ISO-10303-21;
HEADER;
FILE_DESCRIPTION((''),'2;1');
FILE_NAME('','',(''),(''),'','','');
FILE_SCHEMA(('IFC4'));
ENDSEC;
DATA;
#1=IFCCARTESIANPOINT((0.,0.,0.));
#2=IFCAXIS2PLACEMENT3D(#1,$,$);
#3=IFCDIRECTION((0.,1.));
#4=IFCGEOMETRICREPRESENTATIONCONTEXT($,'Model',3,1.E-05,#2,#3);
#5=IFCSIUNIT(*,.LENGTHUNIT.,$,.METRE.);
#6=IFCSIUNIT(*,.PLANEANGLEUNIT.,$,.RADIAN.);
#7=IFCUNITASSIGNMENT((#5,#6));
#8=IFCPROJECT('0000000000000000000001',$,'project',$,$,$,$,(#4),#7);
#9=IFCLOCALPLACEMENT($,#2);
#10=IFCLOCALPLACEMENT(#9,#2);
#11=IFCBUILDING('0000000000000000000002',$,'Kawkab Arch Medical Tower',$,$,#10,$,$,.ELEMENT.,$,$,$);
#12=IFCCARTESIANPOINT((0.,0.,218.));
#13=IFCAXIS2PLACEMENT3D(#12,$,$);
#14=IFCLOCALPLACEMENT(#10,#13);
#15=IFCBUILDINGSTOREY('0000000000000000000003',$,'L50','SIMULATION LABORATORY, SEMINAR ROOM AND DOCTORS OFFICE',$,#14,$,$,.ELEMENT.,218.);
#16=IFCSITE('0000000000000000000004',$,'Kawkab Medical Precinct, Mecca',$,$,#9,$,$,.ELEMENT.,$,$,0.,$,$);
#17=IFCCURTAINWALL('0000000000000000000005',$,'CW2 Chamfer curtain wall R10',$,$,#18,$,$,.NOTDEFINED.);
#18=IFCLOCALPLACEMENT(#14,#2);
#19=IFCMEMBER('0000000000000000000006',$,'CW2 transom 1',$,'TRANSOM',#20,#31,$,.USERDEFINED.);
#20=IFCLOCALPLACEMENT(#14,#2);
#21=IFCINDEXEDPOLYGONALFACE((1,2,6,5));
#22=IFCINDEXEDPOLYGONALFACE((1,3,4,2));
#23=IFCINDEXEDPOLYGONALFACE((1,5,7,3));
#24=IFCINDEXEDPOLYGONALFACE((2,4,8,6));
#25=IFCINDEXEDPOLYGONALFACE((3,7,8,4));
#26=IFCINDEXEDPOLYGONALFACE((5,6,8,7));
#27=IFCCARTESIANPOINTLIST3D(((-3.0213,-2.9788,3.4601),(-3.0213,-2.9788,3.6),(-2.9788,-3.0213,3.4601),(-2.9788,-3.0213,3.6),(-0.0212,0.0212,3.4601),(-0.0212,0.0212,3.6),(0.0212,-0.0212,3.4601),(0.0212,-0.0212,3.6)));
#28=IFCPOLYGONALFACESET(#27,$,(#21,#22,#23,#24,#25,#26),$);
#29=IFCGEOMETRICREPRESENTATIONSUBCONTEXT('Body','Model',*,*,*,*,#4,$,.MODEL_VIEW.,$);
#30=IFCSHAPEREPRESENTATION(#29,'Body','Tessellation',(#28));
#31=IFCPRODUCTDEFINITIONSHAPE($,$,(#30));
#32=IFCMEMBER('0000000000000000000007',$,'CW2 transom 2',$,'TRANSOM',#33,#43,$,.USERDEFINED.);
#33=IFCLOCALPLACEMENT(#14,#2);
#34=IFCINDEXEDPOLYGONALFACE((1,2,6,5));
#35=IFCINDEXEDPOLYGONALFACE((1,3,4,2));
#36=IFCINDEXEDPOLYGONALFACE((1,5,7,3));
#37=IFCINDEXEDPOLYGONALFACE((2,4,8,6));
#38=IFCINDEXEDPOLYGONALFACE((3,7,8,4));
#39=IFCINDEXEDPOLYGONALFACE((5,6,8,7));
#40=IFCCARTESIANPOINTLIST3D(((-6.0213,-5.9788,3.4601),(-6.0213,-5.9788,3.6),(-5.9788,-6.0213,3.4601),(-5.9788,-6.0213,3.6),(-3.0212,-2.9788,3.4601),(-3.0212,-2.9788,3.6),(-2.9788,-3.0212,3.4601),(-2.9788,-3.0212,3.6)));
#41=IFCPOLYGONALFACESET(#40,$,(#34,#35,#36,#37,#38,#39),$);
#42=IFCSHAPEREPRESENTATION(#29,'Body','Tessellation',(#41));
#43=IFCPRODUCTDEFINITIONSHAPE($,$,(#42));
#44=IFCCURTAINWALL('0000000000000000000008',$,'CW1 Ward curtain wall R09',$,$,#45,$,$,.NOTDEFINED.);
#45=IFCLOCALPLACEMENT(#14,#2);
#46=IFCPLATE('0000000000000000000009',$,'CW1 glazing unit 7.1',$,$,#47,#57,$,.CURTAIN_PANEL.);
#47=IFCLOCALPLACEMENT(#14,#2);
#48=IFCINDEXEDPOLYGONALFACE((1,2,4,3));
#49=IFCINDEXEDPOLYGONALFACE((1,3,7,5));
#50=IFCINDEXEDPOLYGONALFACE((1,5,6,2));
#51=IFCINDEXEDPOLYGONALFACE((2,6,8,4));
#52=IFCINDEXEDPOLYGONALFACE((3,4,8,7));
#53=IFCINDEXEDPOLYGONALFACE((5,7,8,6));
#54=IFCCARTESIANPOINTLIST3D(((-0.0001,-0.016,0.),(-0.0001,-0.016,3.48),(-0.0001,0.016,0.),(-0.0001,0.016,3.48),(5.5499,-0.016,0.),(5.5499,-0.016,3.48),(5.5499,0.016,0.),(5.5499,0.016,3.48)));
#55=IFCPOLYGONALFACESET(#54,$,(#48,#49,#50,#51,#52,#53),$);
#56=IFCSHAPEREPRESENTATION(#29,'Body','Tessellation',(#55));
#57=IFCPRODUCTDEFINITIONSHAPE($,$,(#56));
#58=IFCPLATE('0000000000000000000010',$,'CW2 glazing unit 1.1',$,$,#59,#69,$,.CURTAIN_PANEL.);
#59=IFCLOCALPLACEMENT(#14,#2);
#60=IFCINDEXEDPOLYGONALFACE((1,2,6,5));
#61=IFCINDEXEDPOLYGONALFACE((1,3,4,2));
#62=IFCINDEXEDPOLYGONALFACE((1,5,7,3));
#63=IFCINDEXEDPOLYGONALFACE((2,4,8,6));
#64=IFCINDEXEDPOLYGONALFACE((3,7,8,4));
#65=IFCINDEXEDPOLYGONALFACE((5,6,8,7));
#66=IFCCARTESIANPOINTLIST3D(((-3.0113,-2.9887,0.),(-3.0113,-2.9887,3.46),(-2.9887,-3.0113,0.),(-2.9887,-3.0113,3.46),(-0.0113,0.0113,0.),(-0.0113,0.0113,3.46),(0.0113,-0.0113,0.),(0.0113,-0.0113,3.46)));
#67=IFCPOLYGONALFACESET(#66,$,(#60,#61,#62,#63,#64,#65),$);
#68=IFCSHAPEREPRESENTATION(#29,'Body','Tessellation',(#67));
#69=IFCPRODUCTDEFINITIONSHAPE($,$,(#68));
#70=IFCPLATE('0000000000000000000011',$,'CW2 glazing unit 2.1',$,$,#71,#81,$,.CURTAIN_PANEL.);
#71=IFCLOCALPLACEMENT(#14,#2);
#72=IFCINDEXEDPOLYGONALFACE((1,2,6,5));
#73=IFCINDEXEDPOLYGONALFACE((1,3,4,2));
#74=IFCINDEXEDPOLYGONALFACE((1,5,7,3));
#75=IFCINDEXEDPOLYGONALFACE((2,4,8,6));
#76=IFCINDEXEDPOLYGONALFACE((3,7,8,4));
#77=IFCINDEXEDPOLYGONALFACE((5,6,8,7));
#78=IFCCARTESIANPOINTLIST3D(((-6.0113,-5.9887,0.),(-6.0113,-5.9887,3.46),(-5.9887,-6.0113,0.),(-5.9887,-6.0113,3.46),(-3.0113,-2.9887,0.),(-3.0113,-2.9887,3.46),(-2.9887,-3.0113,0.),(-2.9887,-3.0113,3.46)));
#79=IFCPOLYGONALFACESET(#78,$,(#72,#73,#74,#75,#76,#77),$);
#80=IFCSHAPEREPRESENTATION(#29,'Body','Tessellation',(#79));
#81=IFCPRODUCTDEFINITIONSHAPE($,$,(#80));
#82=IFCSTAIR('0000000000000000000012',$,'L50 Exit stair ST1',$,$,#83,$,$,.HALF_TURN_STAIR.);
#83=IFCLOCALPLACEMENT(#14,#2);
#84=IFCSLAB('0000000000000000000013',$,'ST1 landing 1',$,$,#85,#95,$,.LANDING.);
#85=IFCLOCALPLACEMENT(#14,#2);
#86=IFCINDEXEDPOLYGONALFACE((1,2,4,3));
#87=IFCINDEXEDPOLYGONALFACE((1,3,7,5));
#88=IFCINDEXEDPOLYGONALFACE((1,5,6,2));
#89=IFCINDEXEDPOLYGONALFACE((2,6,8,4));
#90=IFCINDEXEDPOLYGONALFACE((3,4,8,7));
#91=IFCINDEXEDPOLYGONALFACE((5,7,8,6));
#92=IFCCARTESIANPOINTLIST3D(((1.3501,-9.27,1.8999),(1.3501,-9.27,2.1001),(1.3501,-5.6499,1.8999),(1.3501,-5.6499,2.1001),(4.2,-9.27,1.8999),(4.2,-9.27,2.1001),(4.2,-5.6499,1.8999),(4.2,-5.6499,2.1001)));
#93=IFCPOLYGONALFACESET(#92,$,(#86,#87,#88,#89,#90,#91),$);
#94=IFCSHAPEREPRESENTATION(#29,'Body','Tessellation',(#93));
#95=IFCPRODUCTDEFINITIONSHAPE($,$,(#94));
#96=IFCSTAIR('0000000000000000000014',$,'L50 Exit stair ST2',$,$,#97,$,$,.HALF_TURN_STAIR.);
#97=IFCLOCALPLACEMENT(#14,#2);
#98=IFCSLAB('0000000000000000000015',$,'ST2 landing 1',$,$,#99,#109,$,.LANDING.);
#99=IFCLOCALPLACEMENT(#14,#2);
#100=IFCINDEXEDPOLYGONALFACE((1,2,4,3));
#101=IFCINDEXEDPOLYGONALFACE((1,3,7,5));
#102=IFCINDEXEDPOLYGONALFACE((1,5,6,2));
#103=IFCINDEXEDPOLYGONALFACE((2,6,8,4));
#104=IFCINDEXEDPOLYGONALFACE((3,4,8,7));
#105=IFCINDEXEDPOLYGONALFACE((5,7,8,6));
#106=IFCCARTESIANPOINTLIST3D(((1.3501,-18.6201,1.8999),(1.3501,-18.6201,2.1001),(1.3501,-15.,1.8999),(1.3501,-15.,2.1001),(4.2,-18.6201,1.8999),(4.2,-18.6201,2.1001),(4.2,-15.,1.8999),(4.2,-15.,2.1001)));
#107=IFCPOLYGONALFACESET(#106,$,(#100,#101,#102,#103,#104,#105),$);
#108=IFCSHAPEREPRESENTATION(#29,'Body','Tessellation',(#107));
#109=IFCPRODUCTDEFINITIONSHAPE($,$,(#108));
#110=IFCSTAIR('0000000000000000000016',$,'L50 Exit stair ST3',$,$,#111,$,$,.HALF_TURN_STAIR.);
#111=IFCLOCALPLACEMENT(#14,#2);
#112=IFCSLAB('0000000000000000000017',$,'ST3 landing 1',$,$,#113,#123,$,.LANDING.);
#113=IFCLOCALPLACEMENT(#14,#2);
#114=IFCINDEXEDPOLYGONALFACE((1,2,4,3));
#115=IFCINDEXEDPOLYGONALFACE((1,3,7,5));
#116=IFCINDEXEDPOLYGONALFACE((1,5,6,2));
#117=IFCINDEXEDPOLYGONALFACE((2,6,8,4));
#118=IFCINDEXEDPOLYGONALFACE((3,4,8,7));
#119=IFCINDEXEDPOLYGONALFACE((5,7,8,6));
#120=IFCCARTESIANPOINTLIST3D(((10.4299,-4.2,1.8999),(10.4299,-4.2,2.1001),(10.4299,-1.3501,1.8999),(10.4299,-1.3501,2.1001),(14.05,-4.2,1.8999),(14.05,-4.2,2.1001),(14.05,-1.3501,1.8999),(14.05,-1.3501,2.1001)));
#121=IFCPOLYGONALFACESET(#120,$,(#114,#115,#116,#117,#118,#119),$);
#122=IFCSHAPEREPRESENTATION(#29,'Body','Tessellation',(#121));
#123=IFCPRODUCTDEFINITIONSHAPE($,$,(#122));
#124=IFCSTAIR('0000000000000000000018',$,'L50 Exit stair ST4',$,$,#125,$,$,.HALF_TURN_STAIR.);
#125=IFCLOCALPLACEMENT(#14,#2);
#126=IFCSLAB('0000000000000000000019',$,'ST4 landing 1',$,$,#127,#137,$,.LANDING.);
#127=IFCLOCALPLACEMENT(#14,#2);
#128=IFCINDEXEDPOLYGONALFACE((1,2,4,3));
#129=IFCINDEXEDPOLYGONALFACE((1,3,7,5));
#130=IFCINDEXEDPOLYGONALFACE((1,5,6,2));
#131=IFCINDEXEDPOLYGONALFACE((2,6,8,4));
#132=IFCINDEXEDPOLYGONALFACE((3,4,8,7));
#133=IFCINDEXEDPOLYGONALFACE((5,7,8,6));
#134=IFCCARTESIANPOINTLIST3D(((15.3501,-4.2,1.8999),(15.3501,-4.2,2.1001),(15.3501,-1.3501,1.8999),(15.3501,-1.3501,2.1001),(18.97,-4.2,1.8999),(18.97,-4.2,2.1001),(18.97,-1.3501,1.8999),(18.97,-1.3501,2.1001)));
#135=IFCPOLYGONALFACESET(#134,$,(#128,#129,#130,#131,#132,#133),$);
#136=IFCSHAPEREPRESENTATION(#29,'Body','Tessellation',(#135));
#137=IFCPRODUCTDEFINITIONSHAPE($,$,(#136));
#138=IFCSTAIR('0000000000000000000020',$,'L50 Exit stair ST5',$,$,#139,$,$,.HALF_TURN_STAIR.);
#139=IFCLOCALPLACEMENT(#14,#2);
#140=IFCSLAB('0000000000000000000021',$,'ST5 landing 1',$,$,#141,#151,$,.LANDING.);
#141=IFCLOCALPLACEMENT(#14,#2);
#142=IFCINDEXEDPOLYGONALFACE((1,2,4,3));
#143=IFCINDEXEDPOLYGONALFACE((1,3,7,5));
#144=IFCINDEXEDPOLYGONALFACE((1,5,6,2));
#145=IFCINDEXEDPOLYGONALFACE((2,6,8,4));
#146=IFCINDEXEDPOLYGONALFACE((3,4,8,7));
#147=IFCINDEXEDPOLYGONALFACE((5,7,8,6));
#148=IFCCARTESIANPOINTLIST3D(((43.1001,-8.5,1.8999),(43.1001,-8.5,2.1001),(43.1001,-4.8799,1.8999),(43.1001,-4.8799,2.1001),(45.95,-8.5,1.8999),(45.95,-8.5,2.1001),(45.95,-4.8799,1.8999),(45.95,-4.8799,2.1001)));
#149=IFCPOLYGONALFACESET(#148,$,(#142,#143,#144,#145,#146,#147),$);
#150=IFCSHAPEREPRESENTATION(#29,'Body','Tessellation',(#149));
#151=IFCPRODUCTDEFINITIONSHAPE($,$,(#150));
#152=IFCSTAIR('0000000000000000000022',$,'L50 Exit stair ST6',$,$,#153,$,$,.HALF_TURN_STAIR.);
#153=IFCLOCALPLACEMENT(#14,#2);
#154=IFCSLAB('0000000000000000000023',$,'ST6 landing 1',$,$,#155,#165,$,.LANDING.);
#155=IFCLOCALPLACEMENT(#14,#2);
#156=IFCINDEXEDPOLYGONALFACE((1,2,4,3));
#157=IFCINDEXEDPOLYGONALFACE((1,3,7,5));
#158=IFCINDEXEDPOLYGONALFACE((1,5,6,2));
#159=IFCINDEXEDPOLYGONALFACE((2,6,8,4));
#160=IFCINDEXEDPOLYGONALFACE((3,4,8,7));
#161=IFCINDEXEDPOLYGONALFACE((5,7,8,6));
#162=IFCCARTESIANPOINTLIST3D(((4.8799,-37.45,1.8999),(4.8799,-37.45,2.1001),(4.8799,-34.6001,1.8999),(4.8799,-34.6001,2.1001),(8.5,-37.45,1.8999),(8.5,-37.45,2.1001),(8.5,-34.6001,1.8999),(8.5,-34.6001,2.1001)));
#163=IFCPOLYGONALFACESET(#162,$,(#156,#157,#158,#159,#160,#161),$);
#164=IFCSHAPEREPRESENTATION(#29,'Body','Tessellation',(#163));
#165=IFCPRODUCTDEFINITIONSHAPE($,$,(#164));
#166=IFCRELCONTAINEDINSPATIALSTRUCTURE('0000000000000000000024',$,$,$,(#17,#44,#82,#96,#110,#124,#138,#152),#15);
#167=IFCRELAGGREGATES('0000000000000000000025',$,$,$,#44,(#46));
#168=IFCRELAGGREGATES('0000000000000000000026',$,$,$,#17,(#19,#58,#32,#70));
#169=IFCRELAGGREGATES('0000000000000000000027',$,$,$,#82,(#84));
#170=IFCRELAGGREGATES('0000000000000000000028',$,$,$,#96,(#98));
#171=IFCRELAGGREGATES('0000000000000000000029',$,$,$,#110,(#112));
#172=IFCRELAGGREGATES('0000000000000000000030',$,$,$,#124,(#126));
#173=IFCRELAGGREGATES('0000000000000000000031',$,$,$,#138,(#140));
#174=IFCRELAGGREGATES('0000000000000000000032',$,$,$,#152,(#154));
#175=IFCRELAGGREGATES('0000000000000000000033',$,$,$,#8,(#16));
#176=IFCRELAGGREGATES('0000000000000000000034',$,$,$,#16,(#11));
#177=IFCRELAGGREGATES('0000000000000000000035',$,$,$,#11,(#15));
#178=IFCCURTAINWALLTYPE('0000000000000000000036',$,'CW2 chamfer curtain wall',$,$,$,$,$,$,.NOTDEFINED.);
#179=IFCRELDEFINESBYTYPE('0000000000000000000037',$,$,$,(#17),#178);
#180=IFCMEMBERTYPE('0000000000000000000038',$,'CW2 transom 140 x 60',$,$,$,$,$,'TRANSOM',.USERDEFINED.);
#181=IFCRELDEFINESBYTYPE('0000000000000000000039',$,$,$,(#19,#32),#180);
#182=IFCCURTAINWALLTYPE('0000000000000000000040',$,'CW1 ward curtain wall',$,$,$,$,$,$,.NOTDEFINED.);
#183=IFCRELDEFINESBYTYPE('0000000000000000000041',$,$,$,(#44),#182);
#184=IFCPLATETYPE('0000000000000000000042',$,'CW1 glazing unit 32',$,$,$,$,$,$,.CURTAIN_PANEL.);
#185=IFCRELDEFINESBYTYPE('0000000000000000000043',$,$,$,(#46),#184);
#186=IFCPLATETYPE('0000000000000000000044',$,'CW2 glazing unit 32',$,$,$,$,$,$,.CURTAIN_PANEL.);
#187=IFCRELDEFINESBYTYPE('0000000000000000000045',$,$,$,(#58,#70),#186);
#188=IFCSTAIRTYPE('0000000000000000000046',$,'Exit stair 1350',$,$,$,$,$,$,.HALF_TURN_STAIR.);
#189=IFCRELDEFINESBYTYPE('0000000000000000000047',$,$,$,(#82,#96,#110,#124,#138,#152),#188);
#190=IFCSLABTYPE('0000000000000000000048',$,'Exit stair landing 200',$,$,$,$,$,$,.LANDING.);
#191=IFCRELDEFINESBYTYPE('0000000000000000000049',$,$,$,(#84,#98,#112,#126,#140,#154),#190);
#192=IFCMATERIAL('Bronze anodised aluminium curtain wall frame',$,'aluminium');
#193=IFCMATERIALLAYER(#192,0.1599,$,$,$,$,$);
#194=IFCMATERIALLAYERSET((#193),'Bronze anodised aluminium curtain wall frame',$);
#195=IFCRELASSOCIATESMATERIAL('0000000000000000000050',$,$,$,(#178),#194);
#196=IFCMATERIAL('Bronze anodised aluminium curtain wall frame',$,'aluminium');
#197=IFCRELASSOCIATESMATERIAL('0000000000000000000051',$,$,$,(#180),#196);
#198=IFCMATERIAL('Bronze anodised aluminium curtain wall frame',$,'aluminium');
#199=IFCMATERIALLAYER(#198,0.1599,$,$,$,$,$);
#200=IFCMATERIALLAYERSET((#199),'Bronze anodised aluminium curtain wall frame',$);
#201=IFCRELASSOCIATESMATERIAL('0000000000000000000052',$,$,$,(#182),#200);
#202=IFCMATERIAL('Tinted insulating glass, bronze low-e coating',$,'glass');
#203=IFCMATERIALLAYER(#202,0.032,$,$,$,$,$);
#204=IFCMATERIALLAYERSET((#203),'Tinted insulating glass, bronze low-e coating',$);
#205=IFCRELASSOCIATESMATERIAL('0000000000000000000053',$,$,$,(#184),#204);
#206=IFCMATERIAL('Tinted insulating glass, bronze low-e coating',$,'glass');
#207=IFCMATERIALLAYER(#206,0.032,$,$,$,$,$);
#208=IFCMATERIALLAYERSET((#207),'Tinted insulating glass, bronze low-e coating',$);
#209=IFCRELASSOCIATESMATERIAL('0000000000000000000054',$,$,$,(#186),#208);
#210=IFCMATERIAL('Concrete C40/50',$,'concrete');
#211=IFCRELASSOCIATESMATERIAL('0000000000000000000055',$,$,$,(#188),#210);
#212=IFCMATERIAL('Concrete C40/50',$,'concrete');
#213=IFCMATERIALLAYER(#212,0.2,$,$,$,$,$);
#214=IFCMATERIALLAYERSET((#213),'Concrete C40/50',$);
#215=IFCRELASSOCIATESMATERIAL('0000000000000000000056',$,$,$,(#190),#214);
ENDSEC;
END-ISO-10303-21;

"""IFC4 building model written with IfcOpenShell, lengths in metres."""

from ifc_helpers import new_model, si_unit, direction, frame, origin, origin_2d, place, context, subcontext, project, spatial, polyline, rectangle, outline, extrude, material, layer, layer_set, material_profile, profile_set, type_object, element, aggregate, save


model = new_model("IFC4")

# Units and contexts
model_context = context("Model", 3, precision=1e-05, world=origin(), true_north=direction((0.0, 1.0)))
body_context = subcontext(model_context, "Body", "Model", "MODEL_VIEW")
ifc_project = project(units=[si_unit("LENGTHUNIT", "METRE"), si_unit("PLANEANGLEUNIT", "RADIAN")], contexts=[model_context])

# Site, building, storey
site_placement = place(None, origin())
site = spatial("IfcSite", under=ifc_project, at=site_placement, Name="Kawkab Medical Precinct, Mecca", CompositionType="ELEMENT", RefElevation=0.0)
building_placement = place(site_placement, origin())
building = spatial("IfcBuilding", under=site, at=building_placement, Name="Kawkab Arch Medical Tower", CompositionType="ELEMENT")
storey_placement = place(building_placement, frame((0.0, 0.0, 218.0)))
storey = spatial("IfcBuildingStorey", under=building, at=storey_placement, Name="L50", Description="SIMULATION LABORATORY, SEMINAR ROOM AND DOCTORS OFFICE", CompositionType="ELEMENT", Elevation=218.0)

# Curtain wall, members
ifc_material_1 = material(Name="Bronze anodised aluminium curtain wall frame", Category="aluminium")
ifc_layer_1 = layer(ifc_material_1, 0.1599)
ifc_layer_set_1 = layer_set([ifc_layer_1], Name="Bronze anodised aluminium curtain wall frame")
curtain_wall_type_1 = type_object("IfcCurtainWallType", Name="CW2 chamfer curtain wall", PredefinedType="NOTDEFINED", material=ifc_layer_set_1)
placement_1 = place(storey_placement, origin())
curtain_wall_1 = element("IfcCurtainWall", 1, at=placement_1, inside=storey, type_object=curtain_wall_type_1, Name="CW2 Chamfer curtain wall R10", PredefinedType="NOTDEFINED")
ifc_material_2 = material(Name="Bronze anodised aluminium curtain wall frame", Category="aluminium")
ifc_material_profile_1 = material_profile(ifc_material_2, rectangle(XDim=0.0601, YDim=0.1399, at=origin_2d()), Name="AL 60x140")
ifc_profile_set_1 = profile_set([ifc_material_profile_1], Name="Bronze anodised aluminium curtain wall frame")
member_type = type_object("IfcMemberType", Name="CW2 transom 140 x 60", ElementType="TRANSOM", PredefinedType="USERDEFINED", material=ifc_profile_set_1)
member_1_placement = place(storey_placement, frame((0.0, 0.0, 3.53), z_axis=(-0.707107, -0.707107, 0.0), x_axis=(0.707107, -0.707107, 0.0)))
member_1 = element("IfcMember", 2, at=member_1_placement, type_object=member_type, Name="CW2 transom 1", ObjectType="TRANSOM", PredefinedType="USERDEFINED", context=body_context, shape_type="SweptSolid", body=[
    extrude(rectangle(XDim=0.0601, YDim=0.1399, at=origin_2d()), origin(), (0.0, 0.0, 1.0), 4.2427),
])
member_2_placement = place(storey_placement, frame((-3.0, -3.0, 3.53), z_axis=(-0.707107, -0.707107, 0.0), x_axis=(0.707107, -0.707107, 0.0)))
member_2 = element("IfcMember", 3, at=member_2_placement, type_object=member_type, Name="CW2 transom 2", ObjectType="TRANSOM", PredefinedType="USERDEFINED", context=body_context, shape_type="SweptSolid", body=[
    extrude(rectangle(XDim=0.0601, YDim=0.1399, at=origin_2d()), origin(), (0.0, 0.0, 1.0), 4.2427),
])

# Curtain wall, plate
ifc_material_3 = material(Name="Bronze anodised aluminium curtain wall frame", Category="aluminium")
ifc_layer_2 = layer(ifc_material_3, 0.1599)
ifc_layer_set_2 = layer_set([ifc_layer_2], Name="Bronze anodised aluminium curtain wall frame")
curtain_wall_type_2 = type_object("IfcCurtainWallType", Name="CW1 ward curtain wall", PredefinedType="NOTDEFINED", material=ifc_layer_set_2)
curtain_wall_2 = element("IfcCurtainWall", 4, at=placement_1, inside=storey, type_object=curtain_wall_type_2, Name="CW1 Ward curtain wall R09", PredefinedType="NOTDEFINED")
ifc_material_4 = material(Name="Tinted insulating glass, bronze low-e coating", Category="glass")
ifc_layer_3 = layer(ifc_material_4, 0.032)
ifc_layer_set_3 = layer_set([ifc_layer_3], Name="Tinted insulating glass, bronze low-e coating")
plate_type_1 = type_object("IfcPlateType", Name="CW1 glazing unit 32", PredefinedType="CURTAIN_PANEL", material=ifc_layer_set_3)
plate_1_placement = place(storey_placement, frame((2.7749, 0.0, 0.0), z_axis=(0.0, 0.0, 1.0), x_axis=(-1.0, 0.0, 0.0)))
plate_1 = element("IfcPlate", 5, at=plate_1_placement, type_object=plate_type_1, Name="CW1 glazing unit 7.1", PredefinedType="CURTAIN_PANEL", context=body_context, shape_type="SweptSolid", body=[
    extrude(rectangle(XDim=5.55, YDim=0.032, at=origin_2d()), origin(), (0.0, 0.0, 1.0), 3.48),
])
aggregate(curtain_wall_2, [plate_1])

# Plates
ifc_material_5 = material(Name="Tinted insulating glass, bronze low-e coating", Category="glass")
ifc_layer_4 = layer(ifc_material_5, 0.032)
ifc_layer_set_4 = layer_set([ifc_layer_4], Name="Tinted insulating glass, bronze low-e coating")
plate_type_2 = type_object("IfcPlateType", Name="CW2 glazing unit 32", PredefinedType="CURTAIN_PANEL", material=ifc_layer_set_4)
plate_2_placement = place(storey_placement, frame((-1.5, -1.5, 0.0), z_axis=(0.0, 0.0, 1.0), x_axis=(-0.707107, -0.707107, 0.0)))
plate_2 = element("IfcPlate", 6, at=plate_2_placement, type_object=plate_type_2, Name="CW2 glazing unit 1.1", PredefinedType="CURTAIN_PANEL", context=body_context, shape_type="SweptSolid", body=[
    extrude(rectangle(XDim=4.2427, YDim=0.032, at=origin_2d()), origin(), (0.0, 0.0, 1.0), 3.46),
])
plate_3_placement = place(storey_placement, frame((-4.5, -4.5, 0.0), z_axis=(0.0, 0.0, 1.0), x_axis=(-0.707107, -0.707107, 0.0)))
plate_3 = element("IfcPlate", 7, at=plate_3_placement, type_object=plate_type_2, Name="CW2 glazing unit 2.1", PredefinedType="CURTAIN_PANEL", context=body_context, shape_type="SweptSolid", body=[
    extrude(rectangle(XDim=4.2427, YDim=0.032, at=origin_2d()), origin(), (0.0, 0.0, 1.0), 3.46),
])
aggregate(curtain_wall_1, [member_1, plate_2, member_2, plate_3])

# Stairs, slabs
ifc_material_6 = material(Name="Concrete C40/50", Category="concrete")
stair_type = type_object("IfcStairType", Name="Exit stair 1350", PredefinedType="HALF_TURN_STAIR", material=ifc_material_6)
stair_1 = element("IfcStair", 8, at=placement_1, inside=storey, type_object=stair_type, Name="L50 Exit stair ST1", PredefinedType="HALF_TURN_STAIR")
ifc_material_7 = material(Name="Concrete C40/50", Category="concrete")
ifc_layer_5 = layer(ifc_material_7, 0.2)
ifc_layer_set_5 = layer_set([ifc_layer_5], Name="Concrete C40/50")
slab_type_1 = type_object("IfcSlabType", Name="Exit stair landing 200", PredefinedType="LANDING", material=ifc_layer_set_5)
placement_2 = place(storey_placement, frame((0.0, 0.0, 1.8999)))
slab_1 = element("IfcSlab", 9, at=placement_2, type_object=slab_type_1, Name="ST1 landing 1", PredefinedType="LANDING", context=body_context, shape_type="SweptSolid", body=[
    extrude(outline(polyline([(4.2, -9.27), (4.2, -5.6499), (1.3501, -5.6499), (1.3501, -9.27), (4.2, -9.27)])), origin(), (0.0, 0.0, 1.0), 0.2002),
])
aggregate(stair_1, [slab_1])
stair_2 = element("IfcStair", 10, at=placement_1, inside=storey, type_object=stair_type, Name="L50 Exit stair ST2", PredefinedType="HALF_TURN_STAIR")
slab_2 = element("IfcSlab", 11, at=placement_2, type_object=slab_type_1, Name="ST2 landing 1", PredefinedType="LANDING", context=body_context, shape_type="SweptSolid", body=[
    extrude(outline(polyline([(4.2, -18.6201), (4.2, -15.0), (1.3501, -15.0), (1.3501, -18.6201), (4.2, -18.6201)])), origin(), (0.0, 0.0, 1.0), 0.2002),
])
aggregate(stair_2, [slab_2])
stair_3 = element("IfcStair", 12, at=placement_1, inside=storey, type_object=stair_type, Name="L50 Exit stair ST3", PredefinedType="HALF_TURN_STAIR")
slab_3 = element("IfcSlab", 13, at=placement_2, type_object=slab_type_1, Name="ST3 landing 1", PredefinedType="LANDING", context=body_context, shape_type="SweptSolid", body=[
    extrude(outline(polyline([(10.4299, -4.2), (14.05, -4.2), (14.05, -1.3501), (10.4299, -1.3501), (10.4299, -4.2)])), origin(), (0.0, 0.0, 1.0), 0.2002),
])
aggregate(stair_3, [slab_3])
stair_4 = element("IfcStair", 14, at=placement_1, inside=storey, type_object=stair_type, Name="L50 Exit stair ST4", PredefinedType="HALF_TURN_STAIR")
slab_4 = element("IfcSlab", 15, at=placement_2, type_object=slab_type_1, Name="ST4 landing 1", PredefinedType="LANDING", context=body_context, shape_type="SweptSolid", body=[
    extrude(outline(polyline([(18.97, -1.3501), (15.3501, -1.3501), (15.3501, -4.2), (18.97, -4.2), (18.97, -1.3501)])), origin(), (0.0, 0.0, 1.0), 0.2002),
])
aggregate(stair_4, [slab_4])
stair_5 = element("IfcStair", 16, at=placement_1, inside=storey, type_object=stair_type, Name="L50 Exit stair ST5", PredefinedType="HALF_TURN_STAIR")
slab_5 = element("IfcSlab", 17, at=placement_2, type_object=slab_type_1, Name="ST5 landing 1", PredefinedType="LANDING", context=body_context, shape_type="SweptSolid", body=[
    extrude(outline(polyline([(43.1001, -4.8799), (43.1001, -8.5), (45.95, -8.5), (45.95, -4.8799), (43.1001, -4.8799)])), origin(), (0.0, 0.0, 1.0), 0.2002),
])
aggregate(stair_5, [slab_5])
stair_6 = element("IfcStair", 18, at=placement_1, inside=storey, type_object=stair_type, Name="L50 Exit stair ST6", PredefinedType="HALF_TURN_STAIR")
slab_6 = element("IfcSlab", 19, at=placement_2, type_object=slab_type_1, Name="ST6 landing 1", PredefinedType="LANDING", context=body_context, shape_type="SweptSolid", body=[
    extrude(outline(polyline([(4.8799, -37.45), (8.5, -37.45), (8.5, -34.6001), (4.8799, -34.6001), (4.8799, -37.45)])), origin(), (0.0, 0.0, 1.0), 0.2002),
])
aggregate(stair_6, [slab_6])

save(model, "model.ifc")
